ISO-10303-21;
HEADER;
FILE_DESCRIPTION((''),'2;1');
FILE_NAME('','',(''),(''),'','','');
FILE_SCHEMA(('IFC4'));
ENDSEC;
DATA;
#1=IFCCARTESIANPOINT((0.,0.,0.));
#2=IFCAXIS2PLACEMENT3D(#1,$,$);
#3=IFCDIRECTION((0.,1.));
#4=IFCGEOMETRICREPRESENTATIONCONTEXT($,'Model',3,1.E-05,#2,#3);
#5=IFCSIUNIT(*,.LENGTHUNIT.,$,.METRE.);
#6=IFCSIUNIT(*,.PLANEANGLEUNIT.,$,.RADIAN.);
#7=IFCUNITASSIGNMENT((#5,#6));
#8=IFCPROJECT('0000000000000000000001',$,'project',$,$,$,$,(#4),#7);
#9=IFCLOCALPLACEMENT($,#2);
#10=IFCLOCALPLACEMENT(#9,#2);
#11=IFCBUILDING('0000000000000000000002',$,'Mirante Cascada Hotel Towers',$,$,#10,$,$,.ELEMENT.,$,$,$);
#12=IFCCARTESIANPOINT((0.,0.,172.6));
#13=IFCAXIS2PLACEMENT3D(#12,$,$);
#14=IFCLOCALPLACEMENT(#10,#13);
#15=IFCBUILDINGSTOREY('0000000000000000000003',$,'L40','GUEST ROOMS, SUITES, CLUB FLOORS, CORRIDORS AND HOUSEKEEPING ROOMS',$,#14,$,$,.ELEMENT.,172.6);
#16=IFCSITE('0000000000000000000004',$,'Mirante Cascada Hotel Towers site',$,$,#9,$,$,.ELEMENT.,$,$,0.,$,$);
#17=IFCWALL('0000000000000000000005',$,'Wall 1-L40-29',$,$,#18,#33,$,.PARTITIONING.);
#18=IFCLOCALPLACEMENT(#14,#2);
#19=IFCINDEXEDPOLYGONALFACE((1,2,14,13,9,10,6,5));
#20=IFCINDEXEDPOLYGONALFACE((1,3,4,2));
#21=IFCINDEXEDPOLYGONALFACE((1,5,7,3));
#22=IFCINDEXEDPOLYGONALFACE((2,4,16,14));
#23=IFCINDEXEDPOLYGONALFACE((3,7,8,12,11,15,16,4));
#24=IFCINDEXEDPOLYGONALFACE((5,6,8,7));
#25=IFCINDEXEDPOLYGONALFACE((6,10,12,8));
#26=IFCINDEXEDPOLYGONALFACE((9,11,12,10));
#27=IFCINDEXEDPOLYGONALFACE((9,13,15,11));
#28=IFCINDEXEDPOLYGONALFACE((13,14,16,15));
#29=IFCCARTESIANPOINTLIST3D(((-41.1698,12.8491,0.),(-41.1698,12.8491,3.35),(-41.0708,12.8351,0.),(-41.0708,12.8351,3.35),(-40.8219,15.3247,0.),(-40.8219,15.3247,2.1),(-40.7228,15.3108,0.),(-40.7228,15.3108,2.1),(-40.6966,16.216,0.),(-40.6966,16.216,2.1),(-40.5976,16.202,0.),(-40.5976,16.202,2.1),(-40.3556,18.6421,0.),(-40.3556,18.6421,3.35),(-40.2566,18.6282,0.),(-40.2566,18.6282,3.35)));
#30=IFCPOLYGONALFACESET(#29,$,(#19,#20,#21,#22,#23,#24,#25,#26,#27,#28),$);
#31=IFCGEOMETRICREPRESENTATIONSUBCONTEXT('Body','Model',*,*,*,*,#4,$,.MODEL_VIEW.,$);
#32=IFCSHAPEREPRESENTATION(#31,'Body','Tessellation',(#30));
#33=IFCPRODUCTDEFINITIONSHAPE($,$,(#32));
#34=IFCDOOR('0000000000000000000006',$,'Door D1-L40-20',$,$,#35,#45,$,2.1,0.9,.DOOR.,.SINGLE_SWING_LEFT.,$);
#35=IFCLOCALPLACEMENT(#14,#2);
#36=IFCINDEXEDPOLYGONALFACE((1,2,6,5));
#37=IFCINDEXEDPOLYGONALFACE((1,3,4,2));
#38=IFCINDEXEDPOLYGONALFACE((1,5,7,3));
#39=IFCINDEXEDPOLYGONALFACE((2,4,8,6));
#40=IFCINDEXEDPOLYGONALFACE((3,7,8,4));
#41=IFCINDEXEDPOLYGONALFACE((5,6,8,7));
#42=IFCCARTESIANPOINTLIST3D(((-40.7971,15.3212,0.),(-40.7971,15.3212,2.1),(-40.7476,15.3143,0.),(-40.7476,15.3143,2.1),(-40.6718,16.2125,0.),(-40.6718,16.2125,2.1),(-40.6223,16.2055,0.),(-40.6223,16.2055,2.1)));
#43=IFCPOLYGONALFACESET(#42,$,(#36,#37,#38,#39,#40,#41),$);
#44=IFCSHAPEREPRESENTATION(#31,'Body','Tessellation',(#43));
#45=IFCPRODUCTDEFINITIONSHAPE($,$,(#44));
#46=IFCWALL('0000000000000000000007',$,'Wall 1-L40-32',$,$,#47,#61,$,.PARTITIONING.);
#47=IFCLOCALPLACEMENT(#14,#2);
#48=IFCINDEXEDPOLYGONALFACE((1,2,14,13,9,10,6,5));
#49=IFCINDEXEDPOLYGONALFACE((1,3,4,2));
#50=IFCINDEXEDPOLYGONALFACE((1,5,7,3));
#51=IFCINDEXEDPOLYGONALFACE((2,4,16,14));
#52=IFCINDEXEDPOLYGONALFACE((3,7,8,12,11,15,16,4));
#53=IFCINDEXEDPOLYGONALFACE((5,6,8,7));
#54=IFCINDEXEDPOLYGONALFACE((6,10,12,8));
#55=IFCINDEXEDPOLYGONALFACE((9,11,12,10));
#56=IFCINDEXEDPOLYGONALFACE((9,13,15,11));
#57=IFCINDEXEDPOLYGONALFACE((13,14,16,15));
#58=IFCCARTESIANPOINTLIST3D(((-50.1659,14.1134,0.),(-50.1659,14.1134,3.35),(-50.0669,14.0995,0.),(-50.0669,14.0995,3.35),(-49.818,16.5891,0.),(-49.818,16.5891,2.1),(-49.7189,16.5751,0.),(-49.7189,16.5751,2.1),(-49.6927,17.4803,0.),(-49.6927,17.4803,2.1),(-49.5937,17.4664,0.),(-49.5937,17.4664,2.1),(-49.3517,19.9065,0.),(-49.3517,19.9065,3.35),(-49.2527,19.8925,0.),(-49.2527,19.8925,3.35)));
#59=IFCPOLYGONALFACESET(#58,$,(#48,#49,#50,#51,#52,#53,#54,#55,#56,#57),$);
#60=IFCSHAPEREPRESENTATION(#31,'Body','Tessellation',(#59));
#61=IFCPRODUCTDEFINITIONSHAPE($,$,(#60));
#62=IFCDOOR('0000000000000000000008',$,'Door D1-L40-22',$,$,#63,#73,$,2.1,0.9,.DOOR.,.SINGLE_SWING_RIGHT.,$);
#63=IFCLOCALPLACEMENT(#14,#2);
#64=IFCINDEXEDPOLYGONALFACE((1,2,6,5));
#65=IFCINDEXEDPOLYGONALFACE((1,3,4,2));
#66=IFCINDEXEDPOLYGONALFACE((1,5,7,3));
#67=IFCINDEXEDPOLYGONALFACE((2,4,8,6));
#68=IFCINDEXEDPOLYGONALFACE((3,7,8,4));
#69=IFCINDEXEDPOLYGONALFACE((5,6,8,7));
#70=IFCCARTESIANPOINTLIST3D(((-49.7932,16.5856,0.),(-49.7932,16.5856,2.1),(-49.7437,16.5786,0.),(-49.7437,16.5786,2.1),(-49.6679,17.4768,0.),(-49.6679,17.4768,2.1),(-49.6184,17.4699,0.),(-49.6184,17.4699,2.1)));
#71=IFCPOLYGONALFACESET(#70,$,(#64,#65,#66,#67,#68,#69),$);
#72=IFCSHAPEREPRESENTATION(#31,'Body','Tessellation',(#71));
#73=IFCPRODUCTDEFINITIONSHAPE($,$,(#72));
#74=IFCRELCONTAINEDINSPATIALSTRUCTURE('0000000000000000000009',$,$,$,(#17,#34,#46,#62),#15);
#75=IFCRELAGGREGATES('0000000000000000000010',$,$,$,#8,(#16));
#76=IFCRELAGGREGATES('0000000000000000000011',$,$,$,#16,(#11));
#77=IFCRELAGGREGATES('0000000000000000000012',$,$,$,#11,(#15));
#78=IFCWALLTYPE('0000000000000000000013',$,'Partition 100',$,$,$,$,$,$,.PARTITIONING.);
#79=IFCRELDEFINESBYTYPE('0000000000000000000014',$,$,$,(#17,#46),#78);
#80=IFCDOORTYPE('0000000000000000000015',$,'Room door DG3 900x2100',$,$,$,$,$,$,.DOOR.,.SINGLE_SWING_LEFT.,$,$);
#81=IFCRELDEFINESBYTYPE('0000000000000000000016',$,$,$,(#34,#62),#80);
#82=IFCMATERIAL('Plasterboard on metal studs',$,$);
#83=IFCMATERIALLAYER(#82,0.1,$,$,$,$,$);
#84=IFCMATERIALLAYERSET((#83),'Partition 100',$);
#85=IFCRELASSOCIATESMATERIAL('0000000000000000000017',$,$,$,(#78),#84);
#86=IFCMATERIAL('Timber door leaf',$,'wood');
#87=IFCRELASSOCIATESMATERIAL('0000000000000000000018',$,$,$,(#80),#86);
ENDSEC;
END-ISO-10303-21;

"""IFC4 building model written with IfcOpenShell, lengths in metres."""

from ifc_helpers import new_model, si_unit, direction, frame, frame_2d, origin, place, context, subcontext, project, spatial, rectangle, extrude, material, layer, layer_set, type_object, element, fill, save


model = new_model("IFC4")

# Units and contexts
model_context = context("Model", 3, precision=1e-05, world=origin(), true_north=direction((0.0, 1.0)))
body_context = subcontext(model_context, "Body", "Model", "MODEL_VIEW")
ifc_project = project(units=[si_unit("LENGTHUNIT", "METRE"), si_unit("PLANEANGLEUNIT", "RADIAN")], contexts=[model_context])

# Site, building, storey
site_placement = place(None, origin())
site = spatial("IfcSite", under=ifc_project, at=site_placement, Name="Mirante Cascada Hotel Towers site", CompositionType="ELEMENT", RefElevation=0.0)
building_placement = place(site_placement, origin())
building = spatial("IfcBuilding", under=site, at=building_placement, Name="Mirante Cascada Hotel Towers", CompositionType="ELEMENT")
storey_placement = place(building_placement, frame((0.0, 0.0, 172.6)))
storey = spatial("IfcBuildingStorey", under=building, at=storey_placement, Name="L40", Description="GUEST ROOMS, SUITES, CLUB FLOORS, CORRIDORS AND HOUSEKEEPING ROOMS", CompositionType="ELEMENT", Elevation=172.6)

# Shared definitions
ifc_material_1 = material(Name="Plasterboard on metal studs")
ifc_layer_1 = layer(ifc_material_1, 0.1)
ifc_layer_set_1 = layer_set([ifc_layer_1], Name="Partition 100")
wall_type_1 = type_object("IfcWallType", Name="Partition 100", PredefinedType="PARTITIONING", material=ifc_layer_set_1)

# Walls, openings, doors
wall_1_placement = place(storey_placement, frame((-41.1203, 12.8421, 0.0), z_axis=(0.0, 0.0, 1.0), x_axis=(0.139179, 0.990267, 0.0)))
wall_1 = element("IfcWall", 1, at=wall_1_placement, inside=storey, type_object=wall_type_1, Name="Wall 1-L40-29", PredefinedType="PARTITIONING", context=body_context, shape_type="SweptSolid", body=[
    extrude(rectangle(XDim=5.85, YDim=0.1, at=frame_2d((2.925, 0.0))), origin(), (0.0, 0.0, 1.0), 3.35),
])
opening_1_placement = place(wall_1_placement, frame((2.5, 0.0, 0.0)))
opening_1 = element("IfcOpeningElement", 2, at=opening_1_placement, cuts=wall_1, PredefinedType="OPENING", context=body_context, shape_type="SweptSolid", body=[
    extrude(rectangle(XDim=0.9, YDim=2.1, at=frame_2d((0.45, 1.05))), frame((0.0, 0.05, 0.0), z_axis=(0.0, -1.0, 0.0), x_axis=(1.0, 0.0, 0.0)), (0.0, 0.0, 1.0), 0.1),
])
ifc_material_2 = material(Name="Timber door leaf", Category="wood")
door_type = type_object("IfcDoorType", Name="Room door DG3 900x2100", OperationType="SINGLE_SWING_LEFT", PredefinedType="DOOR", material=ifc_material_2)
door_1_placement = place(opening_1_placement, origin())
door_1 = element("IfcDoor", 3, at=door_1_placement, inside=storey, type_object=door_type, Name="Door D1-L40-20", OperationType="SINGLE_SWING_LEFT", OverallHeight=2.1, OverallWidth=0.9, PredefinedType="DOOR", context=body_context, shape_type="SweptSolid", body=[
    extrude(rectangle(XDim=0.9, YDim=2.1, at=frame_2d((0.45, 1.05))), frame((0.0, 0.025, 0.0), z_axis=(0.0, -1.0, 0.0), x_axis=(1.0, 0.0, 0.0)), (0.0, 0.0, 1.0), 0.05),
])
fill(opening_1, door_1)
wall_2_placement = place(storey_placement, frame((-49.3022, 19.8995, 0.0), z_axis=(0.0, 0.0, 1.0), x_axis=(-0.139179, -0.990267, 0.0)))
wall_2 = element("IfcWall", 4, at=wall_2_placement, inside=storey, type_object=wall_type_1, Name="Wall 1-L40-32", PredefinedType="PARTITIONING", context=body_context, shape_type="SweptSolid", body=[
    extrude(rectangle(XDim=5.85, YDim=0.1, at=frame_2d((2.925, 0.0))), origin(), (0.0, 0.0, 1.0), 3.35),
])
opening_2_placement = place(wall_2_placement, frame((2.45, 0.0, 0.0)))
opening_2 = element("IfcOpeningElement", 5, at=opening_2_placement, cuts=wall_2, PredefinedType="OPENING", context=body_context, shape_type="SweptSolid", body=[
    extrude(rectangle(XDim=0.9, YDim=2.1, at=frame_2d((0.45, 1.05))), frame((0.0, 0.05, 0.0), z_axis=(0.0, -1.0, 0.0), x_axis=(1.0, 0.0, 0.0)), (0.0, 0.0, 1.0), 0.1),
])
door_2_placement = place(opening_2_placement, frame((0.9, 0.0, 0.0), z_axis=(0.0, 0.0, 1.0), x_axis=(-1.0, 0.0, 0.0)))
door_2 = element("IfcDoor", 6, at=door_2_placement, inside=storey, type_object=door_type, Name="Door D1-L40-22", OperationType="SINGLE_SWING_RIGHT", OverallHeight=2.1, OverallWidth=0.9, PredefinedType="DOOR", context=body_context, shape_type="SweptSolid", body=[
    extrude(rectangle(XDim=0.9, YDim=2.1, at=frame_2d((0.45, 1.05))), frame((0.0, 0.025, 0.0), z_axis=(0.0, -1.0, 0.0), x_axis=(1.0, 0.0, 0.0)), (0.0, 0.0, 1.0), 0.05),
])
fill(opening_2, door_2)

save(model, "model.ifc")
